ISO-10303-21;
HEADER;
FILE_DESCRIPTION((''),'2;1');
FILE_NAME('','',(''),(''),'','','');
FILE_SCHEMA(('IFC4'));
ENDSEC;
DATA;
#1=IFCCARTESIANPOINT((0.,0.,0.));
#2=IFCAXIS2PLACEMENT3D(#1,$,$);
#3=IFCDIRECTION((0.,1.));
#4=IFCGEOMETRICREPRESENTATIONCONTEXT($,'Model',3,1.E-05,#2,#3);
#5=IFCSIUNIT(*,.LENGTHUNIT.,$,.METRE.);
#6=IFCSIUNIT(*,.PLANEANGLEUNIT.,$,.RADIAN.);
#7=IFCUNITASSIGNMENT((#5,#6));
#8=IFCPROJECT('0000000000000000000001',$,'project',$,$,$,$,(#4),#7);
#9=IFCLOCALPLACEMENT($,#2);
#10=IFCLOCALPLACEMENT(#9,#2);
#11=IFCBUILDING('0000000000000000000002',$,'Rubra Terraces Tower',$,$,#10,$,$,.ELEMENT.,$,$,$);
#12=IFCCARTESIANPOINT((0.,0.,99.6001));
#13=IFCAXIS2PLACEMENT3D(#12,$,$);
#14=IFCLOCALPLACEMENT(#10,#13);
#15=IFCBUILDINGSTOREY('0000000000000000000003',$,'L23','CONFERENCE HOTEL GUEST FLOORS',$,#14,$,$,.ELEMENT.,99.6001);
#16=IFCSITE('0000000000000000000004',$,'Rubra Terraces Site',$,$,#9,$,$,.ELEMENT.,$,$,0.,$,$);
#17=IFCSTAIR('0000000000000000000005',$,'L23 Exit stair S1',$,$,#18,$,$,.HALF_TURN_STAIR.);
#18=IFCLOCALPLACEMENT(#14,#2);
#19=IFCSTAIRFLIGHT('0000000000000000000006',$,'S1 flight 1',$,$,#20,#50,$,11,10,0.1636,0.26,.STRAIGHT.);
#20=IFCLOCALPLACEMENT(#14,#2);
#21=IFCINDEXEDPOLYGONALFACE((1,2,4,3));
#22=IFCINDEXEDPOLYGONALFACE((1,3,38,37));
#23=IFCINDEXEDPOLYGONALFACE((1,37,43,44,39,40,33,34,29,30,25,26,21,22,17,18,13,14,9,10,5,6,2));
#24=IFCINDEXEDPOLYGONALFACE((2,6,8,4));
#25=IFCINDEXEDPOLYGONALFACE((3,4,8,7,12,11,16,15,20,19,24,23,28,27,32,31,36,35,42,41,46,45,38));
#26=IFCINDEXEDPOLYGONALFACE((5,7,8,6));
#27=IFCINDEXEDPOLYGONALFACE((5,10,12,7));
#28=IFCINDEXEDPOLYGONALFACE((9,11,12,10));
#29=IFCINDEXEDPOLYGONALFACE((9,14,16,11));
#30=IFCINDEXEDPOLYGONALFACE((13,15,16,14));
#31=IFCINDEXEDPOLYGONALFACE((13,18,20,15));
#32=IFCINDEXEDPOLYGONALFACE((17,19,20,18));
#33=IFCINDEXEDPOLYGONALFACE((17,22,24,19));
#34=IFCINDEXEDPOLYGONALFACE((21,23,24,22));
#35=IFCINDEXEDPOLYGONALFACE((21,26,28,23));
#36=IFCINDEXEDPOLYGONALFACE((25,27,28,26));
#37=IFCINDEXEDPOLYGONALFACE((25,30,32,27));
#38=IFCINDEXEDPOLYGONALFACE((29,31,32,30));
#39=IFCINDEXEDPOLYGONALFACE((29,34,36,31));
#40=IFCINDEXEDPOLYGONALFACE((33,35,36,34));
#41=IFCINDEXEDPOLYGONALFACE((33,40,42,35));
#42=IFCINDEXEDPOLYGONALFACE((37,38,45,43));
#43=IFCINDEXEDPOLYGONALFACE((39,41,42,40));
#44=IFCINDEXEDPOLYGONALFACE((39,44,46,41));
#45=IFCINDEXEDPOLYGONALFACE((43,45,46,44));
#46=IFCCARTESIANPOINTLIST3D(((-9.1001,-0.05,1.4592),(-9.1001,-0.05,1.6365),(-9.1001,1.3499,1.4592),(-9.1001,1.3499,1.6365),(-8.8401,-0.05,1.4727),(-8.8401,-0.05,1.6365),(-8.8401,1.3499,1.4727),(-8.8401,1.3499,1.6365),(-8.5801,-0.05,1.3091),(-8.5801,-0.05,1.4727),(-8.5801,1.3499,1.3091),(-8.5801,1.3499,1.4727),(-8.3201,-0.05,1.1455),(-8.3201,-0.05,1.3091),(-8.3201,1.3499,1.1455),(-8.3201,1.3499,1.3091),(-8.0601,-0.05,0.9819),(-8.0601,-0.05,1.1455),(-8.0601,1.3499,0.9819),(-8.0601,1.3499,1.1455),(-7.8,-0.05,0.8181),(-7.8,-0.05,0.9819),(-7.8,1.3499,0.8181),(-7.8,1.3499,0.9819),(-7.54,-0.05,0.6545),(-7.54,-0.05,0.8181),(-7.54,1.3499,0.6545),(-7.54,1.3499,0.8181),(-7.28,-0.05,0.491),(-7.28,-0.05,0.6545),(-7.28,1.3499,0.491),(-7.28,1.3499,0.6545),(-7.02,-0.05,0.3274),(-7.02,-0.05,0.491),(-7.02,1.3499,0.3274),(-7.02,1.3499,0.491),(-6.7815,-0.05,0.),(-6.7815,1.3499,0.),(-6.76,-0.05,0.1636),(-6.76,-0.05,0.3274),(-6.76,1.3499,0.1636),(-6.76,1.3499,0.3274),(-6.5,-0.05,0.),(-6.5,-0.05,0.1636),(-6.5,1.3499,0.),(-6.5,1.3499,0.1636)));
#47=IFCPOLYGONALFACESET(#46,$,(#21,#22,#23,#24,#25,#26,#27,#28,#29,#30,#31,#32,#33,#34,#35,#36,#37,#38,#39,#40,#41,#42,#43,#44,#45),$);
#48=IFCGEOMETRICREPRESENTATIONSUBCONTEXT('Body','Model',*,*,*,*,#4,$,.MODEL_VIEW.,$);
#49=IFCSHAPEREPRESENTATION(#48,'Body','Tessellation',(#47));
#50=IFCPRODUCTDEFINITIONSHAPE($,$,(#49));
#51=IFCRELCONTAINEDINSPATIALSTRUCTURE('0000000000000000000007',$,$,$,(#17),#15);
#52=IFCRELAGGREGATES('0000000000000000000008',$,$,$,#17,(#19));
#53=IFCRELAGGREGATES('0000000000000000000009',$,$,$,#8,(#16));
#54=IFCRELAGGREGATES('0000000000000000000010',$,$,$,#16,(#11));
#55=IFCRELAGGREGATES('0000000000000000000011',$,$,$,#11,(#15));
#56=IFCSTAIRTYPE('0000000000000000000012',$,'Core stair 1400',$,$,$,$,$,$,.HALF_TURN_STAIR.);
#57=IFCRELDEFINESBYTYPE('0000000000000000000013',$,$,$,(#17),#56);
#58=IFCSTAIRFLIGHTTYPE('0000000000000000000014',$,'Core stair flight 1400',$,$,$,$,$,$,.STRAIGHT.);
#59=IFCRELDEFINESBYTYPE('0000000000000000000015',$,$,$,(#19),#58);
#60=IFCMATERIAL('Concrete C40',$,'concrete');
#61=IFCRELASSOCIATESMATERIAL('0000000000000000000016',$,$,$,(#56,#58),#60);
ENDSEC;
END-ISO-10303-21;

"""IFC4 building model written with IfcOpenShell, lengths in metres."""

from ifc_helpers import new_model, si_unit, direction, frame, origin, place, context, subcontext, project, spatial, polyline, outline, extrude, material, type_object, element, aggregate, save


model = new_model("IFC4")

# Units and contexts
model_context = context("Model", 3, precision=1e-05, world=origin(), true_north=direction((0.0, 1.0)))
body_context = subcontext(model_context, "Body", "Model", "MODEL_VIEW")
ifc_project = project(units=[si_unit("LENGTHUNIT", "METRE"), si_unit("PLANEANGLEUNIT", "RADIAN")], contexts=[model_context])

# Site, building, storey
site_placement = place(None, origin())
site = spatial("IfcSite", under=ifc_project, at=site_placement, Name="Rubra Terraces Site", CompositionType="ELEMENT", RefElevation=0.0)
building_placement = place(site_placement, origin())
building = spatial("IfcBuilding", under=site, at=building_placement, Name="Rubra Terraces Tower", CompositionType="ELEMENT")
storey_placement = place(building_placement, frame((0.0, 0.0, 99.6001)))
storey = spatial("IfcBuildingStorey", under=building, at=storey_placement, Name="L23", Description="CONFERENCE HOTEL GUEST FLOORS", CompositionType="ELEMENT", Elevation=99.6001)

# Shared definitions
ifc_material_1 = material(Name="Concrete C40", Category="concrete")

# Stair, stair flight
stair_type = type_object("IfcStairType", Name="Core stair 1400", PredefinedType="HALF_TURN_STAIR", material=ifc_material_1)
stair_placement = place(storey_placement, origin())
stair = element("IfcStair", 1, at=stair_placement, inside=storey, type_object=stair_type, Name="L23 Exit stair S1", PredefinedType="HALF_TURN_STAIR")
stair_flight_type = type_object("IfcStairFlightType", Name="Core stair flight 1400", PredefinedType="STRAIGHT", material=ifc_material_1)
stair_flight_placement = place(storey_placement, frame((-6.5, 0.6499, 0.0), z_axis=(0.0, 0.0, 1.0), x_axis=(-1.0, 0.0, 0.0)))
stair_flight = element("IfcStairFlight", 2, at=stair_flight_placement, type_object=stair_flight_type, Name="S1 flight 1", NumberOfRisers=11, NumberOfTreads=10, PredefinedType="STRAIGHT", RiserHeight=0.1636, TreadLength=0.26, context=body_context, shape_type="SweptSolid", body=[
    extrude(outline(polyline([(0.0, 0.0), (0.0, 0.1636), (0.26, 0.1636), (0.26, 0.3274), (0.52, 0.3274), (0.52, 0.491), (0.78, 0.491), (0.78, 0.6545), (1.04, 0.6545), (1.04, 0.8181), (1.3, 0.8181), (1.3, 0.9819), (1.5601, 0.9819), (1.5601, 1.1455), (1.8201, 1.1455), (1.8201, 1.3091), (2.0801, 1.3091), (2.0801, 1.4727), (2.3401, 1.4727), (2.3401, 1.6365), (2.6001, 1.6365), (2.6001, 1.8), (2.6001, 1.4592), (0.2815, 0.0), (0.0, 0.0)])), frame((0.0, 0.7, 0.0), z_axis=(0.0, -1.0, 0.0), x_axis=(1.0, 0.0, 0.0)), (0.0, 0.0, 1.0), 1.3999),
])
aggregate(stair, [stair_flight])

save(model, "model.ifc")
